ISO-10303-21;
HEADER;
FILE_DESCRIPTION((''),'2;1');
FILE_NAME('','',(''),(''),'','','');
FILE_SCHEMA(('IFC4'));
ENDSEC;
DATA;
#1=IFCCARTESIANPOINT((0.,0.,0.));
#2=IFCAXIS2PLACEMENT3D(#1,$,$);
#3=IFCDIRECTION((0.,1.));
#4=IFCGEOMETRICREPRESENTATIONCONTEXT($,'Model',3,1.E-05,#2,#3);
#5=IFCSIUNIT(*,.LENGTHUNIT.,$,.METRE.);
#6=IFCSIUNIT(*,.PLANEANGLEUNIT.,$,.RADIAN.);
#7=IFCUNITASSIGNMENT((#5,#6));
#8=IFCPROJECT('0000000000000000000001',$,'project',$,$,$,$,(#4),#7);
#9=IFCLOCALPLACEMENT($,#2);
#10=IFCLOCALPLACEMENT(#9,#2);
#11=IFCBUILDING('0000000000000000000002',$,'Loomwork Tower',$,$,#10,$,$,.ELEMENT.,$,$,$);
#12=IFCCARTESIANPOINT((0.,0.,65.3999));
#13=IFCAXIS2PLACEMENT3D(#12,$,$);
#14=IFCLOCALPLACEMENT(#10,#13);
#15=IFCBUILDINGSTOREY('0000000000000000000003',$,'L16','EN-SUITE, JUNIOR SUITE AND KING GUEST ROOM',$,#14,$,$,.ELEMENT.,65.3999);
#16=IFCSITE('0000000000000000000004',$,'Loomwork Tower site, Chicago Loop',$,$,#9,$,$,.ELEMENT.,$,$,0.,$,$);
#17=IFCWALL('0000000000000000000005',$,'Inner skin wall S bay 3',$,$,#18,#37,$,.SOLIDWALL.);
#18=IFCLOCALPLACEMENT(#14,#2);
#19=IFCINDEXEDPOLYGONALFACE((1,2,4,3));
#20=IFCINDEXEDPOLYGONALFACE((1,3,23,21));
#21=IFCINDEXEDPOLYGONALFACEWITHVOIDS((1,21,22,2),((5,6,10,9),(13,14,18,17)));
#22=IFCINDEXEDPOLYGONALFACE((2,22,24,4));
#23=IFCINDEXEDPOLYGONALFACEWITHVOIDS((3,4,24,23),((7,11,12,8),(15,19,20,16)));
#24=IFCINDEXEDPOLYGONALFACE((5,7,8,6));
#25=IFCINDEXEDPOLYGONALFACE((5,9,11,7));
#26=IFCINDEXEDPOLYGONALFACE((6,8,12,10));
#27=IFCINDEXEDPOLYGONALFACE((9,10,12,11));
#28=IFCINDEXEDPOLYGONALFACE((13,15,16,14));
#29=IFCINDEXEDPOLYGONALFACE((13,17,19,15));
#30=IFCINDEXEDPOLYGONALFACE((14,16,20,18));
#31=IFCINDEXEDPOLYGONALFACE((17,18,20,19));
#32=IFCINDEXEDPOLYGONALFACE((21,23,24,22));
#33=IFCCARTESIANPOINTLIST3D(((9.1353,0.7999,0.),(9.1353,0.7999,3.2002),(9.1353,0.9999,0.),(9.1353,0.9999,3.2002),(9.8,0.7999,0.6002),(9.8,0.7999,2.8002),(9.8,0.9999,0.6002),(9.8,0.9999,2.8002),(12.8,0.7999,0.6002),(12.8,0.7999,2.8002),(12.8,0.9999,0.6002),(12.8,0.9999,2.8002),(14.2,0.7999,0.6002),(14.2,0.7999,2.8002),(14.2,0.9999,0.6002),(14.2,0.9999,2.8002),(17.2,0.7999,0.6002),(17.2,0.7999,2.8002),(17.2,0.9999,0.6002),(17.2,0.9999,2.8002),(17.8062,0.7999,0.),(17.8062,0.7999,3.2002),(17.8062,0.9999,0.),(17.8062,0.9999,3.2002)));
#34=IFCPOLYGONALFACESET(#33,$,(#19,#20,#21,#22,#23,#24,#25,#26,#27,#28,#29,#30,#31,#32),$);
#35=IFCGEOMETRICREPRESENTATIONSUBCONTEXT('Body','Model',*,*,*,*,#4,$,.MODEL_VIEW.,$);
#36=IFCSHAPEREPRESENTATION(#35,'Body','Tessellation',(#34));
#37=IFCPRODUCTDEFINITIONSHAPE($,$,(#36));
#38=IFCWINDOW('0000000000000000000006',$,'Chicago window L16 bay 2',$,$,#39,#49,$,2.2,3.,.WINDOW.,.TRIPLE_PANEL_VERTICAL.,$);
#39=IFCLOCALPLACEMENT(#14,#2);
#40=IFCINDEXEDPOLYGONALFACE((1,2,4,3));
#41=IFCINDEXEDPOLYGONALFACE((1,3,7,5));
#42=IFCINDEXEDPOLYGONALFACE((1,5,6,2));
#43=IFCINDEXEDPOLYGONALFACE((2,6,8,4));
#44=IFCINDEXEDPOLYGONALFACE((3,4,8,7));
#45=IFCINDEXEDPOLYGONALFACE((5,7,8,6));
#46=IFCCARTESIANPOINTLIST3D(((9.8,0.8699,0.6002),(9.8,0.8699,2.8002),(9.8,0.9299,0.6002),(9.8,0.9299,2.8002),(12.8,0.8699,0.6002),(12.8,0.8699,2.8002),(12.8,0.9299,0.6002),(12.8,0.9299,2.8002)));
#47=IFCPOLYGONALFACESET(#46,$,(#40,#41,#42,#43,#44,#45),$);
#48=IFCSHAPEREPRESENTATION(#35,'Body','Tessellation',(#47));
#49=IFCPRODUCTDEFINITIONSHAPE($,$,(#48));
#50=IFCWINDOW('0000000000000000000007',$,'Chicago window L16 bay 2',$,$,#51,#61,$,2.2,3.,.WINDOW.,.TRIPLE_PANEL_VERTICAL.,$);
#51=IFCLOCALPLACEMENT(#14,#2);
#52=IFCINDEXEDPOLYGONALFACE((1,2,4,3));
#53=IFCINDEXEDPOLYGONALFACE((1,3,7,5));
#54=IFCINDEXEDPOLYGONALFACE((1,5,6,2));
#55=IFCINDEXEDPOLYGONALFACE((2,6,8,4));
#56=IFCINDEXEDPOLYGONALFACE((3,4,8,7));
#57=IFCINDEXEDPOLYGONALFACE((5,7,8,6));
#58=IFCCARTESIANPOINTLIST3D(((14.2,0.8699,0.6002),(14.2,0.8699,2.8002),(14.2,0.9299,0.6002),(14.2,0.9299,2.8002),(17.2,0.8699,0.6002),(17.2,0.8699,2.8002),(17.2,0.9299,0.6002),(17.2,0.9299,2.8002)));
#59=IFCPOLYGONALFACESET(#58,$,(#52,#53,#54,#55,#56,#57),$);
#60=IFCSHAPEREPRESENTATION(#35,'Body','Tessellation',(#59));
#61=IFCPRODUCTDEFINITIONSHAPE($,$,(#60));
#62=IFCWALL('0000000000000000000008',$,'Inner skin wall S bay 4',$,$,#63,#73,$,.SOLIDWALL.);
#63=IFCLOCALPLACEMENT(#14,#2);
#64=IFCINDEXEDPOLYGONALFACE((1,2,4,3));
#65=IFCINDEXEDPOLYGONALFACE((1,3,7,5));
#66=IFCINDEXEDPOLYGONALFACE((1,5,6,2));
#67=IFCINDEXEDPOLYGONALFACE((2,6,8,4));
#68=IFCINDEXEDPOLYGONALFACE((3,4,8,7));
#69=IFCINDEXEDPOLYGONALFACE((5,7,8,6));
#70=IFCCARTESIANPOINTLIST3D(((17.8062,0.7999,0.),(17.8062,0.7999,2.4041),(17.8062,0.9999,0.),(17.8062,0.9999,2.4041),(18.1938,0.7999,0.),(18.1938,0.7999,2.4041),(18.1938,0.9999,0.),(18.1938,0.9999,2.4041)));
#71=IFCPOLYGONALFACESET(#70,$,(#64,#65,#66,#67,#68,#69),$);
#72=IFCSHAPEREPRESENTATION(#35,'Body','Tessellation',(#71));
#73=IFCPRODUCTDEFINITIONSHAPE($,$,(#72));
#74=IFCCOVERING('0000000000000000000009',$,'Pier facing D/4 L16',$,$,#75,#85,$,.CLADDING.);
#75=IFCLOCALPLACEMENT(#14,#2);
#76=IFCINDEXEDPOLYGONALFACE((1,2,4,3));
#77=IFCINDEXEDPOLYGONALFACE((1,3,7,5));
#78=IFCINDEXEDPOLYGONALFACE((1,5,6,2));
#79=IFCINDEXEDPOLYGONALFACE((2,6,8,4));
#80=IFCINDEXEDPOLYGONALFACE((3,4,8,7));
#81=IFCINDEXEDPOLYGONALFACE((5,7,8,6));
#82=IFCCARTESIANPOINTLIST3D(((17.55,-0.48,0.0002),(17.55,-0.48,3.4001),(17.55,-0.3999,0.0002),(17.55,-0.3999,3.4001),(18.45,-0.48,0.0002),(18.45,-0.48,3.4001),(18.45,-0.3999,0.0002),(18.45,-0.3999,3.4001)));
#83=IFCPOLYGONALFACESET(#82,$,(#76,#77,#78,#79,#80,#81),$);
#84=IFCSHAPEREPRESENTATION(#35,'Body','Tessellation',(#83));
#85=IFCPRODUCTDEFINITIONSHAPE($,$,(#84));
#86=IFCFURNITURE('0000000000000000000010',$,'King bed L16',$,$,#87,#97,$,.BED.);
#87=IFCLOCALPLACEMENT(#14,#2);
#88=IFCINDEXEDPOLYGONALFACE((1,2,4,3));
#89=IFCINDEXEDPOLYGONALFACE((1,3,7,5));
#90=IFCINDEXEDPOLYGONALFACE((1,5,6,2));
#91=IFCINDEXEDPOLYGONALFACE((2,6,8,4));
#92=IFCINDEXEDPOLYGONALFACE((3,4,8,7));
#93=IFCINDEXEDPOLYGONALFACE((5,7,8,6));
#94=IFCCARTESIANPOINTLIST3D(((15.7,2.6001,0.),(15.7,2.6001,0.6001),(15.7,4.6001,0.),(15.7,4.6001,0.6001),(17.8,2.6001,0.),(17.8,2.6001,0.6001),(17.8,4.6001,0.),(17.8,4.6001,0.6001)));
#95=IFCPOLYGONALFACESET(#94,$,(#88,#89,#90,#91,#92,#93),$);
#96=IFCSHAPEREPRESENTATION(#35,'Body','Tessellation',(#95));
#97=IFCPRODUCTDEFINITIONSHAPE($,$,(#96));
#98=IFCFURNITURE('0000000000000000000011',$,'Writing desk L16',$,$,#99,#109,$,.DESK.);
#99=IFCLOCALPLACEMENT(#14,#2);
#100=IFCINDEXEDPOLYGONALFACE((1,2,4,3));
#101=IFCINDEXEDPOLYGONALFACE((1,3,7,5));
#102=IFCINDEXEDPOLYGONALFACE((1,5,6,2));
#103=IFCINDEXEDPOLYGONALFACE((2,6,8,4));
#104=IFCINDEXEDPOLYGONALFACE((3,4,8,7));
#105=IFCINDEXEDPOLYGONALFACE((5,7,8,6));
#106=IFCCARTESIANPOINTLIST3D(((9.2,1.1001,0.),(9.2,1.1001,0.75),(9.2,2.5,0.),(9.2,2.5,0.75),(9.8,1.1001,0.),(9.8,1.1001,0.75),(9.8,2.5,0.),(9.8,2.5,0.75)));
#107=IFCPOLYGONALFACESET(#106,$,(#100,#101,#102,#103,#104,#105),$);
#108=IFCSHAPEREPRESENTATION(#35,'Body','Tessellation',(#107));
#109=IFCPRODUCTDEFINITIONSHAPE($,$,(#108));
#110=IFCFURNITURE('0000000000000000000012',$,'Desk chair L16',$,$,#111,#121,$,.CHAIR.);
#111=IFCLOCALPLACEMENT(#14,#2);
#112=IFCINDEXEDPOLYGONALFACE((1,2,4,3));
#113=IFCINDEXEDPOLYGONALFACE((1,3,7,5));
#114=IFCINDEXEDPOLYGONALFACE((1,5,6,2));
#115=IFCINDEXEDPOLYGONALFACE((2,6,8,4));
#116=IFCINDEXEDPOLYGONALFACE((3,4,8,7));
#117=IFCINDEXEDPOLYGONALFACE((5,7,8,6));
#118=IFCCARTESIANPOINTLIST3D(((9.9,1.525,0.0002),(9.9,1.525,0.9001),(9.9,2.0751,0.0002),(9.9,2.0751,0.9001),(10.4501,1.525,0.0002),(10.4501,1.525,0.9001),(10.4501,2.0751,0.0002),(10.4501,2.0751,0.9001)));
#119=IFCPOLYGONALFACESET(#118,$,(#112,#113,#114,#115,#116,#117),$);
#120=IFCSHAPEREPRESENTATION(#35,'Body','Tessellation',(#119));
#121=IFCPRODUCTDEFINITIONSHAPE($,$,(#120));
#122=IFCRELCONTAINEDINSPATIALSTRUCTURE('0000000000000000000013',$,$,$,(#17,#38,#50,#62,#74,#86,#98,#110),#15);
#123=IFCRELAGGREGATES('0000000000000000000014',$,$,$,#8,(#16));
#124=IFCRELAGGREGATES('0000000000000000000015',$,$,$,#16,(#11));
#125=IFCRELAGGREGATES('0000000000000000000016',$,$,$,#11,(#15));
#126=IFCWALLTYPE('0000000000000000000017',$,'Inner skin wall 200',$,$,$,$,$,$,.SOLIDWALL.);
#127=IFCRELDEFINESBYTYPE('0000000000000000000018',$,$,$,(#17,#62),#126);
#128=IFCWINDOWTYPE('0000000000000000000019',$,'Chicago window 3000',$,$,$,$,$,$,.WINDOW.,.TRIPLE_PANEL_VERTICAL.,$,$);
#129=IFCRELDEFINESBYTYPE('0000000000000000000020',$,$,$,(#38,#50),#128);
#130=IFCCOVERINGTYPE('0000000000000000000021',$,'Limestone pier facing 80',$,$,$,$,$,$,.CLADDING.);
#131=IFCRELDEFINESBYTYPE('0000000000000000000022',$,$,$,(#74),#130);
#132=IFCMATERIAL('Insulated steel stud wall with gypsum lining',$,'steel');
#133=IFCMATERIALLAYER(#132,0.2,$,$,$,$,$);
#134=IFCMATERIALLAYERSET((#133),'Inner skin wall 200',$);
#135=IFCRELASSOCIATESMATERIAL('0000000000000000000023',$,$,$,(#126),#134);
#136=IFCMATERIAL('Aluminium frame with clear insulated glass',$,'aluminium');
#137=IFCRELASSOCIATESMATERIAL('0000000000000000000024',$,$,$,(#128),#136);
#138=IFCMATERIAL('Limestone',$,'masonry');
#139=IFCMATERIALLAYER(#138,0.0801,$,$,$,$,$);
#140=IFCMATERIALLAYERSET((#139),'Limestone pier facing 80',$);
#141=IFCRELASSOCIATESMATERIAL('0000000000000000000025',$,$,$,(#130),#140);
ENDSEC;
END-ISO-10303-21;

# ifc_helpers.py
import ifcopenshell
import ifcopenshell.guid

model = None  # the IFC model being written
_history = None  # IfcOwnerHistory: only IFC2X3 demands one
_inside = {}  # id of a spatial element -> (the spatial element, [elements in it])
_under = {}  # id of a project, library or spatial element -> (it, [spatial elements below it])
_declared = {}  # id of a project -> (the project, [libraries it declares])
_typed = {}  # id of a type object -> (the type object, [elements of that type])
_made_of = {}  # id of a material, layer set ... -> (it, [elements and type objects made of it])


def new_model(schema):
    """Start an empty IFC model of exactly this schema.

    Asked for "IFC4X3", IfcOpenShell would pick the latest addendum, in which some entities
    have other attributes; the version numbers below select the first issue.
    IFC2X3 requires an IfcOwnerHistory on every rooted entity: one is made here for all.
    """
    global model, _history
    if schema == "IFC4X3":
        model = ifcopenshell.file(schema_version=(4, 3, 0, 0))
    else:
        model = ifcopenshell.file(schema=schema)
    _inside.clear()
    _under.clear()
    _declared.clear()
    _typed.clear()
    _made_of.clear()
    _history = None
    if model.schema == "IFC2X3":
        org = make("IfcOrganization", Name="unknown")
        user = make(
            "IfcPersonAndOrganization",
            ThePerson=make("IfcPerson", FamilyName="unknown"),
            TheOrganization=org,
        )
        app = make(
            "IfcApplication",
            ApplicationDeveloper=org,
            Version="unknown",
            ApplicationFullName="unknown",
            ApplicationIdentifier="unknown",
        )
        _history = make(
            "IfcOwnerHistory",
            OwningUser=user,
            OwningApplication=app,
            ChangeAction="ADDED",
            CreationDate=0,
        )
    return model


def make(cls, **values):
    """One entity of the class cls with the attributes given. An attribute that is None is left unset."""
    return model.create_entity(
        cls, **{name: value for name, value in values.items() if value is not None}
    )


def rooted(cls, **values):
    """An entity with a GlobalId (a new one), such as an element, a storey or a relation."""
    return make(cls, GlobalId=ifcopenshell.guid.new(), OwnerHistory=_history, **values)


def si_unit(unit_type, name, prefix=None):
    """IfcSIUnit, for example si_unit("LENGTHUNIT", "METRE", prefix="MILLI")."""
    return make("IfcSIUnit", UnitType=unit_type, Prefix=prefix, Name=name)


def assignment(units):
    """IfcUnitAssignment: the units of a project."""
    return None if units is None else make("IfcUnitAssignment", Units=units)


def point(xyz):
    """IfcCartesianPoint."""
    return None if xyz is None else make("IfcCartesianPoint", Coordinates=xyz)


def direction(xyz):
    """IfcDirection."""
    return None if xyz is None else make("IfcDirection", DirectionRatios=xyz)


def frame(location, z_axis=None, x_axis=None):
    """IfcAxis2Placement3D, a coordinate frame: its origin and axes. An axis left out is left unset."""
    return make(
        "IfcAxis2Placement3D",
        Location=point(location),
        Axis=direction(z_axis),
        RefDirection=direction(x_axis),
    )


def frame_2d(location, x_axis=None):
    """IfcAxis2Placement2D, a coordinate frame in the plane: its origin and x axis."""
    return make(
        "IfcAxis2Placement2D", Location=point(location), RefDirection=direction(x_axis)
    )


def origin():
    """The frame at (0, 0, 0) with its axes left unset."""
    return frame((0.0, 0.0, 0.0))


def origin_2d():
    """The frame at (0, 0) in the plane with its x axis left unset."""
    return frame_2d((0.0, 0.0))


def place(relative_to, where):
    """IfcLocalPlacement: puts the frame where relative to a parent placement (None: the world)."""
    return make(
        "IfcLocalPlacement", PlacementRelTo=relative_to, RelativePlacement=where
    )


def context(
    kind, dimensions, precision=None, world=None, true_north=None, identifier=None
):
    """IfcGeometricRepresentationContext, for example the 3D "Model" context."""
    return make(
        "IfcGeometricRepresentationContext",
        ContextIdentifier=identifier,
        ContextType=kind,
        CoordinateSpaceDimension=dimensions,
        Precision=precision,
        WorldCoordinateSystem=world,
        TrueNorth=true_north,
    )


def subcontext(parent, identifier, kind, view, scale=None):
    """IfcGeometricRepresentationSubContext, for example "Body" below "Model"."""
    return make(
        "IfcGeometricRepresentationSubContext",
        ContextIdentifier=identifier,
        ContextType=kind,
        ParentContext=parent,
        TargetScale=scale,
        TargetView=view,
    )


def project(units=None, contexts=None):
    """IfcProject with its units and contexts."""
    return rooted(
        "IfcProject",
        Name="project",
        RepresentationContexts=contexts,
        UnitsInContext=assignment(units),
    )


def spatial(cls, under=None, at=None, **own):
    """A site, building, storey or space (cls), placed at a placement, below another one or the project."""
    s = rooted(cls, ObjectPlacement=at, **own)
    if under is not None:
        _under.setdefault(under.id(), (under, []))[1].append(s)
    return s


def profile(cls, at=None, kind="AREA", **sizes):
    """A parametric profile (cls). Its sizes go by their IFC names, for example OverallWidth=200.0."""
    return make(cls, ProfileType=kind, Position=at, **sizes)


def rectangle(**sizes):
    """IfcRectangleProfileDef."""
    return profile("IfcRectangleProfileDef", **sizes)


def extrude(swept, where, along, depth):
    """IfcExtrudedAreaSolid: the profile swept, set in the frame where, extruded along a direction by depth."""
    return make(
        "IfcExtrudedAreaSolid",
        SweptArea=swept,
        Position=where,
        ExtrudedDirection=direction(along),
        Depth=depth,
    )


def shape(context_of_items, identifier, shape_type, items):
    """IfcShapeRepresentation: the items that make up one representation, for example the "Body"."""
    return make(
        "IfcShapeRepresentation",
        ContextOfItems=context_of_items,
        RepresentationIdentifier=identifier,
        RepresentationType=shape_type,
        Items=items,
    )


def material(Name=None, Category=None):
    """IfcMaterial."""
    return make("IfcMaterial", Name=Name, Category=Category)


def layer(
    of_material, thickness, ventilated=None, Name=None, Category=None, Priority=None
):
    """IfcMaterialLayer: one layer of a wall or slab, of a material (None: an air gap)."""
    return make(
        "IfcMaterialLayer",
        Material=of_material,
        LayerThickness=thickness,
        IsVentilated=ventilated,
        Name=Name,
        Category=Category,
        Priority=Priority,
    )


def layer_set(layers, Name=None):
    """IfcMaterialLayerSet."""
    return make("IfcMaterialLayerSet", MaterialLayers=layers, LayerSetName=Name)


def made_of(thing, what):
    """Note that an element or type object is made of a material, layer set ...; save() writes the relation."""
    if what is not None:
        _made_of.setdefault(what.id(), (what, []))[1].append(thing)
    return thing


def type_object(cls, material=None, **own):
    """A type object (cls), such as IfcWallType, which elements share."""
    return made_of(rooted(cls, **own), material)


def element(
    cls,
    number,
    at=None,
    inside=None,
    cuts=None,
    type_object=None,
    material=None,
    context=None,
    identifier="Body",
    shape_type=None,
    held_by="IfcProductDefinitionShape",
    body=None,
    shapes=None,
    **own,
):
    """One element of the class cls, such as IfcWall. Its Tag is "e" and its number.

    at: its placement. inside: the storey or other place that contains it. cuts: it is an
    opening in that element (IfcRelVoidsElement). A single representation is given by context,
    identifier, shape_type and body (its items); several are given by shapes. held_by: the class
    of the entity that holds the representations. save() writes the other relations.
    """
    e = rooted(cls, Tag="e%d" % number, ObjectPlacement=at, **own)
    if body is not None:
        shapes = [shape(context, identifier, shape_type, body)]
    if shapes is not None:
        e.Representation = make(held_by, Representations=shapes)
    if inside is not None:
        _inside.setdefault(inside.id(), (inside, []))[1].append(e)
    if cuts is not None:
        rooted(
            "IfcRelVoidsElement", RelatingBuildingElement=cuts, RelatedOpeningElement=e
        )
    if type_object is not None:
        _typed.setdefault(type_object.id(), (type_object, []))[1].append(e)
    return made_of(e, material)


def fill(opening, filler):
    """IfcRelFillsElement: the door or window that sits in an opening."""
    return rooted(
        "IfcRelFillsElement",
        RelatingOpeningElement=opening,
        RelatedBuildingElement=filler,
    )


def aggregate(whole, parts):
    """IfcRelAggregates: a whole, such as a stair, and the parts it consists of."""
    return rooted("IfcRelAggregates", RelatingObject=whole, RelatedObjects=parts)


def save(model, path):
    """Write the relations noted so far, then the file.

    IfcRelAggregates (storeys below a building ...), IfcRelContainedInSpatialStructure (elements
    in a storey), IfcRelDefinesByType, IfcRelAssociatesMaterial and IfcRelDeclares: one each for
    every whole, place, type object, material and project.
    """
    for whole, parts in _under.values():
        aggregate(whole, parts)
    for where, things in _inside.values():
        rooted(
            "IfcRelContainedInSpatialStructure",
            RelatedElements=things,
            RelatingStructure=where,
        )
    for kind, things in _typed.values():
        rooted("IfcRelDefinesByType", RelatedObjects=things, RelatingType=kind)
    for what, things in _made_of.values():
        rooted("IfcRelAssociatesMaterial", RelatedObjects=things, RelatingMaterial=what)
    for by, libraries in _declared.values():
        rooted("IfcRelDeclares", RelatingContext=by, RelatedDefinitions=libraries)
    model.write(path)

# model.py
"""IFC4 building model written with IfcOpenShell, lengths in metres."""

from ifc_helpers import new_model, si_unit, direction, frame, frame_2d, origin, origin_2d, place, context, subcontext, project, spatial, rectangle, extrude, material, layer, layer_set, type_object, element, fill, save


model = new_model("IFC4")

# Units and contexts
model_context = context("Model", 3, precision=1e-05, world=origin(), true_north=direction((0.0, 1.0)))
body_context = subcontext(model_context, "Body", "Model", "MODEL_VIEW")
ifc_project = project(units=[si_unit("LENGTHUNIT", "METRE"), si_unit("PLANEANGLEUNIT", "RADIAN")], contexts=[model_context])

# Site, building, storey
site_placement = place(None, origin())
site = spatial("IfcSite", under=ifc_project, at=site_placement, Name="Loomwork Tower site, Chicago Loop", CompositionType="ELEMENT", RefElevation=0.0)
building_placement = place(site_placement, origin())
building = spatial("IfcBuilding", under=site, at=building_placement, Name="Loomwork Tower", CompositionType="ELEMENT")
storey_placement = place(building_placement, frame((0.0, 0.0, 65.3999)))
storey = spatial("IfcBuildingStorey", under=building, at=storey_placement, Name="L16", Description="EN-SUITE, JUNIOR SUITE AND KING GUEST ROOM", CompositionType="ELEMENT", Elevation=65.3999)

# Wall, openings, windows
ifc_material_1 = material(Name="Insulated steel stud wall with gypsum lining", Category="steel")
ifc_layer_1 = layer(ifc_material_1, 0.2)
ifc_layer_set_1 = layer_set([ifc_layer_1], Name="Inner skin wall 200")
wall_type = type_object("IfcWallType", Name="Inner skin wall 200", PredefinedType="SOLIDWALL", material=ifc_layer_set_1)
wall_1_placement = place(storey_placement, frame((9.1353, 0.8999, 0.0), z_axis=(0.0, 0.0, 1.0), x_axis=(1.0, 0.0, 0.0)))
wall_1 = element("IfcWall", 1, at=wall_1_placement, inside=storey, type_object=wall_type, Name="Inner skin wall S bay 3", PredefinedType="SOLIDWALL", context=body_context, shape_type="SweptSolid", body=[
    extrude(rectangle(XDim=8.6709, YDim=0.2, at=frame_2d((4.3354, 0.0))), origin(), (0.0, 0.0, 1.0), 3.2002),
])
opening_1_placement = place(wall_1_placement, frame((0.6648, 0.0, 0.6001)))
opening_1 = element("IfcOpeningElement", 2, at=opening_1_placement, cuts=wall_1, PredefinedType="OPENING", context=body_context, shape_type="SweptSolid", body=[
    extrude(rectangle(XDim=3.0, YDim=2.2, at=frame_2d((1.5, 1.1001))), frame((0.0, 0.1099, 0.0), z_axis=(0.0, -1.0, 0.0), x_axis=(1.0, 0.0, 0.0)), (0.0, 0.0, 1.0), 0.22),
])
opening_2_placement = place(wall_1_placement, frame((5.0647, 0.0, 0.6001)))
opening_2 = element("IfcOpeningElement", 3, at=opening_2_placement, cuts=wall_1, PredefinedType="OPENING", context=body_context, shape_type="SweptSolid", body=[
    extrude(rectangle(XDim=3.0, YDim=2.2, at=frame_2d((1.5, 1.1001))), frame((0.0, 0.1099, 0.0), z_axis=(0.0, -1.0, 0.0), x_axis=(1.0, 0.0, 0.0)), (0.0, 0.0, 1.0), 0.22),
])
ifc_material_2 = material(Name="Aluminium frame with clear insulated glass", Category="aluminium")
window_type = type_object("IfcWindowType", Name="Chicago window 3000", PartitioningType="TRIPLE_PANEL_VERTICAL", PredefinedType="WINDOW", material=ifc_material_2)
window_1_placement = place(opening_1_placement, origin())
window_1 = element("IfcWindow", 4, at=window_1_placement, inside=storey, type_object=window_type, Name="Chicago window L16 bay 2", OverallHeight=2.2, OverallWidth=3.0, PartitioningType="TRIPLE_PANEL_VERTICAL", PredefinedType="WINDOW", context=body_context, shape_type="SweptSolid", body=[
    extrude(rectangle(XDim=3.0, YDim=2.2, at=frame_2d((1.5, 1.1001))), frame((0.0, 0.03, 0.0), z_axis=(0.0, -1.0, 0.0), x_axis=(1.0, 0.0, 0.0)), (0.0, 0.0, 1.0), 0.0601),
])
fill(opening_1, window_1)
window_2_placement = place(opening_2_placement, origin())
window_2 = element("IfcWindow", 5, at=window_2_placement, inside=storey, type_object=window_type, Name="Chicago window L16 bay 2", OverallHeight=2.2, OverallWidth=3.0, PartitioningType="TRIPLE_PANEL_VERTICAL", PredefinedType="WINDOW", context=body_context, shape_type="SweptSolid", body=[
    extrude(rectangle(XDim=3.0, YDim=2.2, at=frame_2d((1.5, 1.1001))), frame((0.0, 0.03, 0.0), z_axis=(0.0, -1.0, 0.0), x_axis=(1.0, 0.0, 0.0)), (0.0, 0.0, 1.0), 0.0601),
])
fill(opening_2, window_2)

# Wall
wall_2_placement = place(storey_placement, frame((17.8062, 0.8999, 0.0), z_axis=(0.0, 0.0, 1.0), x_axis=(1.0, 0.0, 0.0)))
element("IfcWall", 6, at=wall_2_placement, inside=storey, type_object=wall_type, Name="Inner skin wall S bay 4", PredefinedType="SOLIDWALL", context=body_context, shape_type="SweptSolid", body=[
    extrude(rectangle(XDim=0.3877, YDim=0.2, at=frame_2d((0.1938, 0.0))), origin(), (0.0, 0.0, 1.0), 2.4041),
])

# Covering
ifc_material_3 = material(Name="Limestone", Category="masonry")
ifc_layer_2 = layer(ifc_material_3, 0.0801)
ifc_layer_set_2 = layer_set([ifc_layer_2], Name="Limestone pier facing 80")
covering_type = type_object("IfcCoveringType", Name="Limestone pier facing 80", PredefinedType="CLADDING", material=ifc_layer_set_2)
covering_placement = place(storey_placement, frame((18.0, -0.4399, 0.0002), z_axis=(0.0, 0.0, 1.0), x_axis=(1.0, 0.0, 0.0)))
element("IfcCovering", 7, at=covering_placement, inside=storey, type_object=covering_type, Name="Pier facing D/4 L16", PredefinedType="CLADDING", context=body_context, shape_type="SweptSolid", body=[
    extrude(rectangle(XDim=0.8999, YDim=0.0801, at=origin_2d()), origin(), (0.0, 0.0, 1.0), 3.3999),
])

# Furniture
furniture_1_placement = place(storey_placement, frame((16.75, 3.6001, 0.0), z_axis=(0.0, 0.0, 1.0), x_axis=(1.0, 0.0, 0.0)))
element("IfcFurniture", 8, at=furniture_1_placement, inside=storey, Name="King bed L16", PredefinedType="BED", context=body_context, shape_type="SweptSolid", body=[
    extrude(rectangle(XDim=2.1001, YDim=2.0, at=origin_2d()), origin(), (0.0, 0.0, 1.0), 0.6001),
])
furniture_2_placement = place(storey_placement, frame((9.5, 1.8, 0.0), z_axis=(0.0, 0.0, 1.0), x_axis=(1.0, 0.0, 0.0)))
element("IfcFurniture", 9, at=furniture_2_placement, inside=storey, Name="Writing desk L16", PredefinedType="DESK", context=body_context, shape_type="SweptSolid", body=[
    extrude(rectangle(XDim=0.6001, YDim=1.3999, at=origin_2d()), origin(), (0.0, 0.0, 1.0), 0.75),
])
furniture_3_placement = place(storey_placement, frame((10.175, 1.8, 0.0002), z_axis=(0.0, 0.0, 1.0), x_axis=(1.0, 0.0, 0.0)))
element("IfcFurniture", 10, at=furniture_3_placement, inside=storey, Name="Desk chair L16", PredefinedType="CHAIR", context=body_context, shape_type="SweptSolid", body=[
    extrude(rectangle(XDim=0.55, YDim=0.55, at=origin_2d()), origin(), (0.0, 0.0, 1.0), 0.8999),
])

save(model, "model.ifc")
